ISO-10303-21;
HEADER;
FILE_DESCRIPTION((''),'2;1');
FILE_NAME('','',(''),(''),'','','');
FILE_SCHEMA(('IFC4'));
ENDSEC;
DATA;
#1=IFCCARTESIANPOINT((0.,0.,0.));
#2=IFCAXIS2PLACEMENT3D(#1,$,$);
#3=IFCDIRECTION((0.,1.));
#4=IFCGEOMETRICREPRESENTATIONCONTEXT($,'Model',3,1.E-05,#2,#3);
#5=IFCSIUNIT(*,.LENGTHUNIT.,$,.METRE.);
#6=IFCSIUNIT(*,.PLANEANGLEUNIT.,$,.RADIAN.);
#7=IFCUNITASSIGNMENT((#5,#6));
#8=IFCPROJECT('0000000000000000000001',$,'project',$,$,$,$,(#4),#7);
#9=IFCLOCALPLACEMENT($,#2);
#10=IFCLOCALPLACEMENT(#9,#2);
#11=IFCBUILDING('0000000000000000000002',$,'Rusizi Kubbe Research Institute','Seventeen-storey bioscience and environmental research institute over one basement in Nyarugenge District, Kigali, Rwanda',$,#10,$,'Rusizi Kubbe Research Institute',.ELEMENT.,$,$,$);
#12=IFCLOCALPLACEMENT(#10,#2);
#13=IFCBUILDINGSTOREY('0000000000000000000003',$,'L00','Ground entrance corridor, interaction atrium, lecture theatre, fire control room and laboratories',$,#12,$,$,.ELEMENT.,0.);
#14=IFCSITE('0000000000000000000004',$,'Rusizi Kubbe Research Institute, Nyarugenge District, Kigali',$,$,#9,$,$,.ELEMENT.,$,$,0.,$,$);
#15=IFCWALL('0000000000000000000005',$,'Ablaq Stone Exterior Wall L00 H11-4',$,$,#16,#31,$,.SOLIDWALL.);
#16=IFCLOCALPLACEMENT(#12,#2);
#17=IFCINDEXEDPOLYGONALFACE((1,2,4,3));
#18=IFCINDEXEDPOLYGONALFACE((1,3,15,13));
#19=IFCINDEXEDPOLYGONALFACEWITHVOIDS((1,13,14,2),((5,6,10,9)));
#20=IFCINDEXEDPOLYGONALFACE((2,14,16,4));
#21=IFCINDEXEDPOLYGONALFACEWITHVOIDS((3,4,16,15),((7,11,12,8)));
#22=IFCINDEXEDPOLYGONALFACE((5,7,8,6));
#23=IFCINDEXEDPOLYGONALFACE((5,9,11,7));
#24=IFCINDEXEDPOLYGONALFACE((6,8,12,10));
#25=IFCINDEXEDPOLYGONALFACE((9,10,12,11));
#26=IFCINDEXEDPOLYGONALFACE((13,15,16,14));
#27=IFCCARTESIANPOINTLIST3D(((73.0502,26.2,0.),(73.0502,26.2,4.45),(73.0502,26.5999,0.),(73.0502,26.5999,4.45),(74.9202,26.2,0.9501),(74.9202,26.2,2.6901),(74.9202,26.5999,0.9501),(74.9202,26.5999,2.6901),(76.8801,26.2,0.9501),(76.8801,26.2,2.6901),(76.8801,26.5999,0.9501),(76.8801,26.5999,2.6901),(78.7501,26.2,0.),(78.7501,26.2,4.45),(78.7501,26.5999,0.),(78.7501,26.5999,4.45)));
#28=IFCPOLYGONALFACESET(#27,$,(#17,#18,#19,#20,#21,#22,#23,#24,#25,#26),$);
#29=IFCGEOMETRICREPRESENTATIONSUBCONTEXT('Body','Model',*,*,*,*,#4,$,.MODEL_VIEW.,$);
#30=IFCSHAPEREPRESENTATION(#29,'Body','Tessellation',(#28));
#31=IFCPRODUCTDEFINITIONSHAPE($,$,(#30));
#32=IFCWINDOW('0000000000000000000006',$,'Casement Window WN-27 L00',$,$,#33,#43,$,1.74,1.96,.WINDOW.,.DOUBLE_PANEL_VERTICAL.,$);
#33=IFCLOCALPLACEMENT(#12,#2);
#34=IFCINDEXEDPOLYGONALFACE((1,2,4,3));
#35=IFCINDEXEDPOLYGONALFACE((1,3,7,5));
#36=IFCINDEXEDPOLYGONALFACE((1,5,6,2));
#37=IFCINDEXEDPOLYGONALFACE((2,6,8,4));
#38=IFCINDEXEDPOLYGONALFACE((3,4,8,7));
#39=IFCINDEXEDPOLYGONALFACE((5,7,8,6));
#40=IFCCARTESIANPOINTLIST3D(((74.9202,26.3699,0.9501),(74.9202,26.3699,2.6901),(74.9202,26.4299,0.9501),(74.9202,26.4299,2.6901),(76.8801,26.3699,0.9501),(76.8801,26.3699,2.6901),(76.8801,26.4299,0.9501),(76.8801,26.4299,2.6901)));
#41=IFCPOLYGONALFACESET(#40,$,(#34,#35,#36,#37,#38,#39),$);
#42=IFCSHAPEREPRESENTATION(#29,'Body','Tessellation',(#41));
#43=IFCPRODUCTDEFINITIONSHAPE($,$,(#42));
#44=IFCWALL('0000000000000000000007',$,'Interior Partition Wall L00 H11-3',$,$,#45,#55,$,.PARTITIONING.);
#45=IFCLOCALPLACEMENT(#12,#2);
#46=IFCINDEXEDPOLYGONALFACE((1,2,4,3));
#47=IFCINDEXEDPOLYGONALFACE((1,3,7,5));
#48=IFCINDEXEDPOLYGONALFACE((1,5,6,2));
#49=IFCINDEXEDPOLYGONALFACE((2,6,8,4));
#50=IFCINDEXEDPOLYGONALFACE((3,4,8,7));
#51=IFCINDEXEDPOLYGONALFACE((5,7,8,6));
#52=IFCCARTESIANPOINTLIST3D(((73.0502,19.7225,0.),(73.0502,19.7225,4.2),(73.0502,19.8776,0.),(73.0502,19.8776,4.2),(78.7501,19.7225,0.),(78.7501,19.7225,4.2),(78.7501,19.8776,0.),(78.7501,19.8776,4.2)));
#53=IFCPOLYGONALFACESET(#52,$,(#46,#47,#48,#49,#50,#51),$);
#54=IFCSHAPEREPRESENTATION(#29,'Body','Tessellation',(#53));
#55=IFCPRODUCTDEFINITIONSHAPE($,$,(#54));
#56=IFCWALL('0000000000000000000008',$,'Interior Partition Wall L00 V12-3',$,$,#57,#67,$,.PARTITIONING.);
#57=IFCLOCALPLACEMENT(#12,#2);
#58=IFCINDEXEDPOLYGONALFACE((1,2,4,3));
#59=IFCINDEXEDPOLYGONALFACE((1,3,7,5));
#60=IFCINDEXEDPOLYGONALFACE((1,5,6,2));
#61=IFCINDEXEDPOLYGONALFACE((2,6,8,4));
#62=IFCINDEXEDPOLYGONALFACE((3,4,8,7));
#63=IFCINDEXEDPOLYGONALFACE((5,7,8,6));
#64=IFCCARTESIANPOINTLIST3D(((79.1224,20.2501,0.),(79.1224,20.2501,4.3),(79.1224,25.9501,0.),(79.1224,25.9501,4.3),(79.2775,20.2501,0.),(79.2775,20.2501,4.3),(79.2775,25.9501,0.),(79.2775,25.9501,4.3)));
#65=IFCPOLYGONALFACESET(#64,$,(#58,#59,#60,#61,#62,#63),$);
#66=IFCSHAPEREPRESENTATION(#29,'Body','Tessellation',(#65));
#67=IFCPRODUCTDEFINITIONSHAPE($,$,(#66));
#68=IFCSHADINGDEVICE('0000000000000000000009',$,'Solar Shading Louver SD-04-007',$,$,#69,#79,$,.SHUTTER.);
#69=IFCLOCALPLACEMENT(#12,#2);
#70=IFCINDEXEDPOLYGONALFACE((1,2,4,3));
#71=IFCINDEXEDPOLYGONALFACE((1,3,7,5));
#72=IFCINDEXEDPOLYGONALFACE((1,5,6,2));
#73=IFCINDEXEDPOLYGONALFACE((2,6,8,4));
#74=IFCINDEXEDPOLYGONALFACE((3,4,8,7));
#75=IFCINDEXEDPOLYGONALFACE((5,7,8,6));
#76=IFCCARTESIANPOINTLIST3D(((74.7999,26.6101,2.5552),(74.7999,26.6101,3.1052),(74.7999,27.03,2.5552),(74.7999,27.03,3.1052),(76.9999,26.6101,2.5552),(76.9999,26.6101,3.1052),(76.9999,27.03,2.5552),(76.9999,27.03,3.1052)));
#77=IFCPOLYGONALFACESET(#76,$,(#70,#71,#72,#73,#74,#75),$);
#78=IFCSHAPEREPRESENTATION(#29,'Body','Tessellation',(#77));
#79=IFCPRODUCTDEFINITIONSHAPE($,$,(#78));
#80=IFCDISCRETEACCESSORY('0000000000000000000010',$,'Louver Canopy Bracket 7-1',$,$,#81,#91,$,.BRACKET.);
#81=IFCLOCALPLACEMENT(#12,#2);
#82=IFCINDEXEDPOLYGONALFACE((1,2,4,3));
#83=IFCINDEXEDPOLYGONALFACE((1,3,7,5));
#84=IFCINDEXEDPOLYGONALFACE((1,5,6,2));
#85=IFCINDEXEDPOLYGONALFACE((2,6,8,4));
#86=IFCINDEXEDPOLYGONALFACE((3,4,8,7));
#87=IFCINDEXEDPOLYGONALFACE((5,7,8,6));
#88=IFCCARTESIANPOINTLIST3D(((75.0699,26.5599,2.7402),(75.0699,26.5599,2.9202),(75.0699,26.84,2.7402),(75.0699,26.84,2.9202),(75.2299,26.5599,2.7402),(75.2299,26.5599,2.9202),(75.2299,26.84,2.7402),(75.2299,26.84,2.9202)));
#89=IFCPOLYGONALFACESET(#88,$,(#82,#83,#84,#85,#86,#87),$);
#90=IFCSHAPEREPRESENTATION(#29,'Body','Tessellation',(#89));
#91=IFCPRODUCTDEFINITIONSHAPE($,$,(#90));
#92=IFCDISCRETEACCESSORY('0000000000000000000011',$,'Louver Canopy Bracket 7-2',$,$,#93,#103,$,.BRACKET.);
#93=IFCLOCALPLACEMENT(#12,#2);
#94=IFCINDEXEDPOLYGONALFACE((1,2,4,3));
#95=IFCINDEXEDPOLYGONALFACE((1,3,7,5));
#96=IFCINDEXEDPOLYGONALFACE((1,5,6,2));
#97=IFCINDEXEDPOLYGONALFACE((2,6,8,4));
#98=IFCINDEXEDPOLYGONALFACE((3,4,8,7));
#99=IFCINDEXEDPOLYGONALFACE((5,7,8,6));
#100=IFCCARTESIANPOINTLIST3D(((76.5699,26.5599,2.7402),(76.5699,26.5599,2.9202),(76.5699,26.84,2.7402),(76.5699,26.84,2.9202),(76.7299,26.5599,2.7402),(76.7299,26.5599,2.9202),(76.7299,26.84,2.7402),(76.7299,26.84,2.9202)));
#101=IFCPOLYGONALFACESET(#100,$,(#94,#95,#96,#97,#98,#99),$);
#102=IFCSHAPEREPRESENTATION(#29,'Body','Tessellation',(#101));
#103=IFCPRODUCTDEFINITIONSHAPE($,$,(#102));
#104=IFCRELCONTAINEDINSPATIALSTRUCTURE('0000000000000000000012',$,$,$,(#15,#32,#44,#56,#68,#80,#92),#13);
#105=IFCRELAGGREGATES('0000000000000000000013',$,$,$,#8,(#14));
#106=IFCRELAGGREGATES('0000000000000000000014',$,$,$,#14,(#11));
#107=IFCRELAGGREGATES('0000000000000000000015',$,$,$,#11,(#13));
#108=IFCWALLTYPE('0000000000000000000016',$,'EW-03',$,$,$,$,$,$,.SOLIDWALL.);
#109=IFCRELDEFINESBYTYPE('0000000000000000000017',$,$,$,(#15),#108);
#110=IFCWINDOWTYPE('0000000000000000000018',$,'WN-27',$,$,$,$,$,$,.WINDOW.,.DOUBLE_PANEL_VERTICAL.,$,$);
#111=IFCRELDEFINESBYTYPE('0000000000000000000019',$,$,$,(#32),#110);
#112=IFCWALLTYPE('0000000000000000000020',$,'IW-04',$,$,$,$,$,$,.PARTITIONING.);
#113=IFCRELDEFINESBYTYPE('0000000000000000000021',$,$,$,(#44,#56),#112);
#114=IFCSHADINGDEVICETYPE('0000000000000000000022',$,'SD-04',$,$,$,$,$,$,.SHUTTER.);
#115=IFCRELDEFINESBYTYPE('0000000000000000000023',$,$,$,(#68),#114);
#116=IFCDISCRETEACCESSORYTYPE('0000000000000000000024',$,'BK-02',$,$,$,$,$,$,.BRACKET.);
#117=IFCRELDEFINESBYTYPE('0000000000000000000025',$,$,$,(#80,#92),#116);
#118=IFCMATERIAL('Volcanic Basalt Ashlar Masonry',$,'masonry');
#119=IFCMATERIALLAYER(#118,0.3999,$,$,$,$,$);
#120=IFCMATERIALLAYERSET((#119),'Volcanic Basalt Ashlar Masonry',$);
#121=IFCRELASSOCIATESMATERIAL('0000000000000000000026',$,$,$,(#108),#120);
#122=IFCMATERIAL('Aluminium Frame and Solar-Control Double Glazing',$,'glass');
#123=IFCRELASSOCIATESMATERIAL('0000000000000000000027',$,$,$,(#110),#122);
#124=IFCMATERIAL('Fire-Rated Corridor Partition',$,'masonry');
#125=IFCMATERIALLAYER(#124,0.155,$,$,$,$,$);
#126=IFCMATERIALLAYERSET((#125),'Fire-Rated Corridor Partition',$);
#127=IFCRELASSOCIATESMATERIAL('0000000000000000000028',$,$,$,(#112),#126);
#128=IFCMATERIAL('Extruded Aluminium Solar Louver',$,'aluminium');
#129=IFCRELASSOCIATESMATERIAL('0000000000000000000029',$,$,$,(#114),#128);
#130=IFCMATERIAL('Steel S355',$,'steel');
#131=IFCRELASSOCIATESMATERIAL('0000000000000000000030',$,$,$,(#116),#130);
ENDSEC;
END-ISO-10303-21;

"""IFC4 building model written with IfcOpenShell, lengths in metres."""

from ifc_helpers import new_model, si_unit, direction, frame, frame_2d, origin, origin_2d, place, context, subcontext, project, spatial, rectangle, extrude, material, layer, layer_set, type_object, element, fill, save


model = new_model("IFC4")

# Units and contexts
model_context = context("Model", 3, precision=1e-05, world=origin(), true_north=direction((0.0, 1.0)))
body_context = subcontext(model_context, "Body", "Model", "MODEL_VIEW")
ifc_project = project(units=[si_unit("LENGTHUNIT", "METRE"), si_unit("PLANEANGLEUNIT", "RADIAN")], contexts=[model_context])

# Site, building, storey
site_placement = place(None, origin())
site = spatial("IfcSite", under=ifc_project, at=site_placement, Name="Rusizi Kubbe Research Institute, Nyarugenge District, Kigali", CompositionType="ELEMENT", RefElevation=0.0)
building_placement = place(site_placement, origin())
building = spatial("IfcBuilding", under=site, at=building_placement, Name="Rusizi Kubbe Research Institute", Description="Seventeen-storey bioscience and environmental research institute over one basement in Nyarugenge District, Kigali, Rwanda", LongName="Rusizi Kubbe Research Institute", CompositionType="ELEMENT")
storey_placement = place(building_placement, origin())
storey = spatial("IfcBuildingStorey", under=building, at=storey_placement, Name="L00", Description="Ground entrance corridor, interaction atrium, lecture theatre, fire control room and laboratories", CompositionType="ELEMENT", Elevation=0.0)

# Wall, opening, window
ifc_material_1 = material(Name="Volcanic Basalt Ashlar Masonry", Category="masonry")
ifc_layer_1 = layer(ifc_material_1, 0.3999)
ifc_layer_set_1 = layer_set([ifc_layer_1], Name="Volcanic Basalt Ashlar Masonry")
wall_type_1 = type_object("IfcWallType", Name="EW-03", PredefinedType="SOLIDWALL", material=ifc_layer_set_1)
wall_1_placement = place(storey_placement, frame((73.05, 26.3999, 0.0), z_axis=(0.0, 0.0, 1.0), x_axis=(1.0, 0.0, 0.0)))
wall_1 = element("IfcWall", 1, at=wall_1_placement, inside=storey, type_object=wall_type_1, Name="Ablaq Stone Exterior Wall L00 H11-4", PredefinedType="SOLIDWALL", context=body_context, shape_type="SweptSolid", body=[
    extrude(rectangle(XDim=5.7, YDim=0.3999, at=frame_2d((2.8501, 0.0))), origin(), (0.0, 0.0, 1.0), 4.45),
])
opening_1_placement = place(wall_1_placement, frame((1.8701, 0.0, 0.95)))
opening_1 = element("IfcOpeningElement", 2, at=opening_1_placement, cuts=wall_1, PredefinedType="OPENING", context=body_context, shape_type="SweptSolid", body=[
    extrude(rectangle(XDim=1.96, YDim=1.74, at=frame_2d((0.98, 0.8701))), frame((0.0, 0.21, 0.0), z_axis=(0.0, -1.0, 0.0), x_axis=(1.0, 0.0, 0.0)), (0.0, 0.0, 1.0), 0.4199),
])
ifc_material_2 = material(Name="Aluminium Frame and Solar-Control Double Glazing", Category="glass")
window_type = type_object("IfcWindowType", Name="WN-27", PartitioningType="DOUBLE_PANEL_VERTICAL", PredefinedType="WINDOW", material=ifc_material_2)
window_placement = place(opening_1_placement, origin())
window = element("IfcWindow", 3, at=window_placement, inside=storey, type_object=window_type, Name="Casement Window WN-27 L00", OverallHeight=1.74, OverallWidth=1.96, PartitioningType="DOUBLE_PANEL_VERTICAL", PredefinedType="WINDOW", context=body_context, shape_type="SweptSolid", body=[
    extrude(rectangle(XDim=1.96, YDim=1.74, at=frame_2d((0.98, 0.8701))), frame((0.0, 0.03, 0.0), z_axis=(0.0, -1.0, 0.0), x_axis=(1.0, 0.0, 0.0)), (0.0, 0.0, 1.0), 0.0601),
])
fill(opening_1, window)

# Walls
ifc_material_3 = material(Name="Fire-Rated Corridor Partition", Category="masonry")
ifc_layer_2 = layer(ifc_material_3, 0.155)
ifc_layer_set_2 = layer_set([ifc_layer_2], Name="Fire-Rated Corridor Partition")
wall_type_2 = type_object("IfcWallType", Name="IW-04", PredefinedType="PARTITIONING", material=ifc_layer_set_2)
wall_2_placement = place(storey_placement, frame((73.05, 19.8, 0.0), z_axis=(0.0, 0.0, 1.0), x_axis=(1.0, 0.0, 0.0)))
element("IfcWall", 4, at=wall_2_placement, inside=storey, type_object=wall_type_2, Name="Interior Partition Wall L00 H11-3", PredefinedType="PARTITIONING", context=body_context, shape_type="SweptSolid", body=[
    extrude(rectangle(XDim=5.7, YDim=0.155, at=frame_2d((2.8501, 0.0))), origin(), (0.0, 0.0, 1.0), 4.2),
])
wall_3_placement = place(storey_placement, frame((79.2, 20.25, 0.0), z_axis=(0.0, 0.0, 1.0), x_axis=(0.0, 1.0, 0.0)))
element("IfcWall", 5, at=wall_3_placement, inside=storey, type_object=wall_type_2, Name="Interior Partition Wall L00 V12-3", PredefinedType="PARTITIONING", context=body_context, shape_type="SweptSolid", body=[
    extrude(rectangle(XDim=5.7, YDim=0.155, at=frame_2d((2.8501, 0.0))), origin(), (0.0, 0.0, 1.0), 4.3),
])

# Shading device
ifc_material_4 = material(Name="Extruded Aluminium Solar Louver", Category="aluminium")
shading_device_type = type_object("IfcShadingDeviceType", Name="SD-04", PredefinedType="SHUTTER", material=ifc_material_4)
shading_device_placement = place(storey_placement, frame((75.8999, 26.8201, 2.5552), z_axis=(0.0, 0.0, 1.0), x_axis=(1.0, 0.0, 0.0)))
element("IfcShadingDevice", 6, at=shading_device_placement, inside=storey, type_object=shading_device_type, Name="Solar Shading Louver SD-04-007", PredefinedType="SHUTTER", context=body_context, shape_type="SweptSolid", body=[
    extrude(rectangle(XDim=2.2, YDim=0.4199, at=origin_2d()), origin(), (0.0, 0.0, 1.0), 0.55),
])

# Discrete accessories
ifc_material_5 = material(Name="Steel S355", Category="steel")
discrete_accessory_type = type_object("IfcDiscreteAccessoryType", Name="BK-02", PredefinedType="BRACKET", material=ifc_material_5)
for number, where, z_axis, x_axis, name in (
    (7, (75.1499, 26.7, 2.7402), (0.0, 0.0, 1.0), (1.0, 0.0, 0.0), "Louver Canopy Bracket 7-1"),
    (8, (76.6499, 26.7, 2.7402), (0.0, 0.0, 1.0), (1.0, 0.0, 0.0), "Louver Canopy Bracket 7-2"),
):
    element("IfcDiscreteAccessory", number, at=place(storey_placement, frame(where, z_axis=z_axis, x_axis=x_axis)), inside=storey, type_object=discrete_accessory_type, Name=name, PredefinedType="BRACKET", context=body_context, shape_type="SweptSolid", body=[
        extrude(rectangle(XDim=0.1599, YDim=0.28, at=origin_2d()), origin(), (0.0, 0.0, 1.0), 0.1799),
    ])

save(model, "model.ifc")
